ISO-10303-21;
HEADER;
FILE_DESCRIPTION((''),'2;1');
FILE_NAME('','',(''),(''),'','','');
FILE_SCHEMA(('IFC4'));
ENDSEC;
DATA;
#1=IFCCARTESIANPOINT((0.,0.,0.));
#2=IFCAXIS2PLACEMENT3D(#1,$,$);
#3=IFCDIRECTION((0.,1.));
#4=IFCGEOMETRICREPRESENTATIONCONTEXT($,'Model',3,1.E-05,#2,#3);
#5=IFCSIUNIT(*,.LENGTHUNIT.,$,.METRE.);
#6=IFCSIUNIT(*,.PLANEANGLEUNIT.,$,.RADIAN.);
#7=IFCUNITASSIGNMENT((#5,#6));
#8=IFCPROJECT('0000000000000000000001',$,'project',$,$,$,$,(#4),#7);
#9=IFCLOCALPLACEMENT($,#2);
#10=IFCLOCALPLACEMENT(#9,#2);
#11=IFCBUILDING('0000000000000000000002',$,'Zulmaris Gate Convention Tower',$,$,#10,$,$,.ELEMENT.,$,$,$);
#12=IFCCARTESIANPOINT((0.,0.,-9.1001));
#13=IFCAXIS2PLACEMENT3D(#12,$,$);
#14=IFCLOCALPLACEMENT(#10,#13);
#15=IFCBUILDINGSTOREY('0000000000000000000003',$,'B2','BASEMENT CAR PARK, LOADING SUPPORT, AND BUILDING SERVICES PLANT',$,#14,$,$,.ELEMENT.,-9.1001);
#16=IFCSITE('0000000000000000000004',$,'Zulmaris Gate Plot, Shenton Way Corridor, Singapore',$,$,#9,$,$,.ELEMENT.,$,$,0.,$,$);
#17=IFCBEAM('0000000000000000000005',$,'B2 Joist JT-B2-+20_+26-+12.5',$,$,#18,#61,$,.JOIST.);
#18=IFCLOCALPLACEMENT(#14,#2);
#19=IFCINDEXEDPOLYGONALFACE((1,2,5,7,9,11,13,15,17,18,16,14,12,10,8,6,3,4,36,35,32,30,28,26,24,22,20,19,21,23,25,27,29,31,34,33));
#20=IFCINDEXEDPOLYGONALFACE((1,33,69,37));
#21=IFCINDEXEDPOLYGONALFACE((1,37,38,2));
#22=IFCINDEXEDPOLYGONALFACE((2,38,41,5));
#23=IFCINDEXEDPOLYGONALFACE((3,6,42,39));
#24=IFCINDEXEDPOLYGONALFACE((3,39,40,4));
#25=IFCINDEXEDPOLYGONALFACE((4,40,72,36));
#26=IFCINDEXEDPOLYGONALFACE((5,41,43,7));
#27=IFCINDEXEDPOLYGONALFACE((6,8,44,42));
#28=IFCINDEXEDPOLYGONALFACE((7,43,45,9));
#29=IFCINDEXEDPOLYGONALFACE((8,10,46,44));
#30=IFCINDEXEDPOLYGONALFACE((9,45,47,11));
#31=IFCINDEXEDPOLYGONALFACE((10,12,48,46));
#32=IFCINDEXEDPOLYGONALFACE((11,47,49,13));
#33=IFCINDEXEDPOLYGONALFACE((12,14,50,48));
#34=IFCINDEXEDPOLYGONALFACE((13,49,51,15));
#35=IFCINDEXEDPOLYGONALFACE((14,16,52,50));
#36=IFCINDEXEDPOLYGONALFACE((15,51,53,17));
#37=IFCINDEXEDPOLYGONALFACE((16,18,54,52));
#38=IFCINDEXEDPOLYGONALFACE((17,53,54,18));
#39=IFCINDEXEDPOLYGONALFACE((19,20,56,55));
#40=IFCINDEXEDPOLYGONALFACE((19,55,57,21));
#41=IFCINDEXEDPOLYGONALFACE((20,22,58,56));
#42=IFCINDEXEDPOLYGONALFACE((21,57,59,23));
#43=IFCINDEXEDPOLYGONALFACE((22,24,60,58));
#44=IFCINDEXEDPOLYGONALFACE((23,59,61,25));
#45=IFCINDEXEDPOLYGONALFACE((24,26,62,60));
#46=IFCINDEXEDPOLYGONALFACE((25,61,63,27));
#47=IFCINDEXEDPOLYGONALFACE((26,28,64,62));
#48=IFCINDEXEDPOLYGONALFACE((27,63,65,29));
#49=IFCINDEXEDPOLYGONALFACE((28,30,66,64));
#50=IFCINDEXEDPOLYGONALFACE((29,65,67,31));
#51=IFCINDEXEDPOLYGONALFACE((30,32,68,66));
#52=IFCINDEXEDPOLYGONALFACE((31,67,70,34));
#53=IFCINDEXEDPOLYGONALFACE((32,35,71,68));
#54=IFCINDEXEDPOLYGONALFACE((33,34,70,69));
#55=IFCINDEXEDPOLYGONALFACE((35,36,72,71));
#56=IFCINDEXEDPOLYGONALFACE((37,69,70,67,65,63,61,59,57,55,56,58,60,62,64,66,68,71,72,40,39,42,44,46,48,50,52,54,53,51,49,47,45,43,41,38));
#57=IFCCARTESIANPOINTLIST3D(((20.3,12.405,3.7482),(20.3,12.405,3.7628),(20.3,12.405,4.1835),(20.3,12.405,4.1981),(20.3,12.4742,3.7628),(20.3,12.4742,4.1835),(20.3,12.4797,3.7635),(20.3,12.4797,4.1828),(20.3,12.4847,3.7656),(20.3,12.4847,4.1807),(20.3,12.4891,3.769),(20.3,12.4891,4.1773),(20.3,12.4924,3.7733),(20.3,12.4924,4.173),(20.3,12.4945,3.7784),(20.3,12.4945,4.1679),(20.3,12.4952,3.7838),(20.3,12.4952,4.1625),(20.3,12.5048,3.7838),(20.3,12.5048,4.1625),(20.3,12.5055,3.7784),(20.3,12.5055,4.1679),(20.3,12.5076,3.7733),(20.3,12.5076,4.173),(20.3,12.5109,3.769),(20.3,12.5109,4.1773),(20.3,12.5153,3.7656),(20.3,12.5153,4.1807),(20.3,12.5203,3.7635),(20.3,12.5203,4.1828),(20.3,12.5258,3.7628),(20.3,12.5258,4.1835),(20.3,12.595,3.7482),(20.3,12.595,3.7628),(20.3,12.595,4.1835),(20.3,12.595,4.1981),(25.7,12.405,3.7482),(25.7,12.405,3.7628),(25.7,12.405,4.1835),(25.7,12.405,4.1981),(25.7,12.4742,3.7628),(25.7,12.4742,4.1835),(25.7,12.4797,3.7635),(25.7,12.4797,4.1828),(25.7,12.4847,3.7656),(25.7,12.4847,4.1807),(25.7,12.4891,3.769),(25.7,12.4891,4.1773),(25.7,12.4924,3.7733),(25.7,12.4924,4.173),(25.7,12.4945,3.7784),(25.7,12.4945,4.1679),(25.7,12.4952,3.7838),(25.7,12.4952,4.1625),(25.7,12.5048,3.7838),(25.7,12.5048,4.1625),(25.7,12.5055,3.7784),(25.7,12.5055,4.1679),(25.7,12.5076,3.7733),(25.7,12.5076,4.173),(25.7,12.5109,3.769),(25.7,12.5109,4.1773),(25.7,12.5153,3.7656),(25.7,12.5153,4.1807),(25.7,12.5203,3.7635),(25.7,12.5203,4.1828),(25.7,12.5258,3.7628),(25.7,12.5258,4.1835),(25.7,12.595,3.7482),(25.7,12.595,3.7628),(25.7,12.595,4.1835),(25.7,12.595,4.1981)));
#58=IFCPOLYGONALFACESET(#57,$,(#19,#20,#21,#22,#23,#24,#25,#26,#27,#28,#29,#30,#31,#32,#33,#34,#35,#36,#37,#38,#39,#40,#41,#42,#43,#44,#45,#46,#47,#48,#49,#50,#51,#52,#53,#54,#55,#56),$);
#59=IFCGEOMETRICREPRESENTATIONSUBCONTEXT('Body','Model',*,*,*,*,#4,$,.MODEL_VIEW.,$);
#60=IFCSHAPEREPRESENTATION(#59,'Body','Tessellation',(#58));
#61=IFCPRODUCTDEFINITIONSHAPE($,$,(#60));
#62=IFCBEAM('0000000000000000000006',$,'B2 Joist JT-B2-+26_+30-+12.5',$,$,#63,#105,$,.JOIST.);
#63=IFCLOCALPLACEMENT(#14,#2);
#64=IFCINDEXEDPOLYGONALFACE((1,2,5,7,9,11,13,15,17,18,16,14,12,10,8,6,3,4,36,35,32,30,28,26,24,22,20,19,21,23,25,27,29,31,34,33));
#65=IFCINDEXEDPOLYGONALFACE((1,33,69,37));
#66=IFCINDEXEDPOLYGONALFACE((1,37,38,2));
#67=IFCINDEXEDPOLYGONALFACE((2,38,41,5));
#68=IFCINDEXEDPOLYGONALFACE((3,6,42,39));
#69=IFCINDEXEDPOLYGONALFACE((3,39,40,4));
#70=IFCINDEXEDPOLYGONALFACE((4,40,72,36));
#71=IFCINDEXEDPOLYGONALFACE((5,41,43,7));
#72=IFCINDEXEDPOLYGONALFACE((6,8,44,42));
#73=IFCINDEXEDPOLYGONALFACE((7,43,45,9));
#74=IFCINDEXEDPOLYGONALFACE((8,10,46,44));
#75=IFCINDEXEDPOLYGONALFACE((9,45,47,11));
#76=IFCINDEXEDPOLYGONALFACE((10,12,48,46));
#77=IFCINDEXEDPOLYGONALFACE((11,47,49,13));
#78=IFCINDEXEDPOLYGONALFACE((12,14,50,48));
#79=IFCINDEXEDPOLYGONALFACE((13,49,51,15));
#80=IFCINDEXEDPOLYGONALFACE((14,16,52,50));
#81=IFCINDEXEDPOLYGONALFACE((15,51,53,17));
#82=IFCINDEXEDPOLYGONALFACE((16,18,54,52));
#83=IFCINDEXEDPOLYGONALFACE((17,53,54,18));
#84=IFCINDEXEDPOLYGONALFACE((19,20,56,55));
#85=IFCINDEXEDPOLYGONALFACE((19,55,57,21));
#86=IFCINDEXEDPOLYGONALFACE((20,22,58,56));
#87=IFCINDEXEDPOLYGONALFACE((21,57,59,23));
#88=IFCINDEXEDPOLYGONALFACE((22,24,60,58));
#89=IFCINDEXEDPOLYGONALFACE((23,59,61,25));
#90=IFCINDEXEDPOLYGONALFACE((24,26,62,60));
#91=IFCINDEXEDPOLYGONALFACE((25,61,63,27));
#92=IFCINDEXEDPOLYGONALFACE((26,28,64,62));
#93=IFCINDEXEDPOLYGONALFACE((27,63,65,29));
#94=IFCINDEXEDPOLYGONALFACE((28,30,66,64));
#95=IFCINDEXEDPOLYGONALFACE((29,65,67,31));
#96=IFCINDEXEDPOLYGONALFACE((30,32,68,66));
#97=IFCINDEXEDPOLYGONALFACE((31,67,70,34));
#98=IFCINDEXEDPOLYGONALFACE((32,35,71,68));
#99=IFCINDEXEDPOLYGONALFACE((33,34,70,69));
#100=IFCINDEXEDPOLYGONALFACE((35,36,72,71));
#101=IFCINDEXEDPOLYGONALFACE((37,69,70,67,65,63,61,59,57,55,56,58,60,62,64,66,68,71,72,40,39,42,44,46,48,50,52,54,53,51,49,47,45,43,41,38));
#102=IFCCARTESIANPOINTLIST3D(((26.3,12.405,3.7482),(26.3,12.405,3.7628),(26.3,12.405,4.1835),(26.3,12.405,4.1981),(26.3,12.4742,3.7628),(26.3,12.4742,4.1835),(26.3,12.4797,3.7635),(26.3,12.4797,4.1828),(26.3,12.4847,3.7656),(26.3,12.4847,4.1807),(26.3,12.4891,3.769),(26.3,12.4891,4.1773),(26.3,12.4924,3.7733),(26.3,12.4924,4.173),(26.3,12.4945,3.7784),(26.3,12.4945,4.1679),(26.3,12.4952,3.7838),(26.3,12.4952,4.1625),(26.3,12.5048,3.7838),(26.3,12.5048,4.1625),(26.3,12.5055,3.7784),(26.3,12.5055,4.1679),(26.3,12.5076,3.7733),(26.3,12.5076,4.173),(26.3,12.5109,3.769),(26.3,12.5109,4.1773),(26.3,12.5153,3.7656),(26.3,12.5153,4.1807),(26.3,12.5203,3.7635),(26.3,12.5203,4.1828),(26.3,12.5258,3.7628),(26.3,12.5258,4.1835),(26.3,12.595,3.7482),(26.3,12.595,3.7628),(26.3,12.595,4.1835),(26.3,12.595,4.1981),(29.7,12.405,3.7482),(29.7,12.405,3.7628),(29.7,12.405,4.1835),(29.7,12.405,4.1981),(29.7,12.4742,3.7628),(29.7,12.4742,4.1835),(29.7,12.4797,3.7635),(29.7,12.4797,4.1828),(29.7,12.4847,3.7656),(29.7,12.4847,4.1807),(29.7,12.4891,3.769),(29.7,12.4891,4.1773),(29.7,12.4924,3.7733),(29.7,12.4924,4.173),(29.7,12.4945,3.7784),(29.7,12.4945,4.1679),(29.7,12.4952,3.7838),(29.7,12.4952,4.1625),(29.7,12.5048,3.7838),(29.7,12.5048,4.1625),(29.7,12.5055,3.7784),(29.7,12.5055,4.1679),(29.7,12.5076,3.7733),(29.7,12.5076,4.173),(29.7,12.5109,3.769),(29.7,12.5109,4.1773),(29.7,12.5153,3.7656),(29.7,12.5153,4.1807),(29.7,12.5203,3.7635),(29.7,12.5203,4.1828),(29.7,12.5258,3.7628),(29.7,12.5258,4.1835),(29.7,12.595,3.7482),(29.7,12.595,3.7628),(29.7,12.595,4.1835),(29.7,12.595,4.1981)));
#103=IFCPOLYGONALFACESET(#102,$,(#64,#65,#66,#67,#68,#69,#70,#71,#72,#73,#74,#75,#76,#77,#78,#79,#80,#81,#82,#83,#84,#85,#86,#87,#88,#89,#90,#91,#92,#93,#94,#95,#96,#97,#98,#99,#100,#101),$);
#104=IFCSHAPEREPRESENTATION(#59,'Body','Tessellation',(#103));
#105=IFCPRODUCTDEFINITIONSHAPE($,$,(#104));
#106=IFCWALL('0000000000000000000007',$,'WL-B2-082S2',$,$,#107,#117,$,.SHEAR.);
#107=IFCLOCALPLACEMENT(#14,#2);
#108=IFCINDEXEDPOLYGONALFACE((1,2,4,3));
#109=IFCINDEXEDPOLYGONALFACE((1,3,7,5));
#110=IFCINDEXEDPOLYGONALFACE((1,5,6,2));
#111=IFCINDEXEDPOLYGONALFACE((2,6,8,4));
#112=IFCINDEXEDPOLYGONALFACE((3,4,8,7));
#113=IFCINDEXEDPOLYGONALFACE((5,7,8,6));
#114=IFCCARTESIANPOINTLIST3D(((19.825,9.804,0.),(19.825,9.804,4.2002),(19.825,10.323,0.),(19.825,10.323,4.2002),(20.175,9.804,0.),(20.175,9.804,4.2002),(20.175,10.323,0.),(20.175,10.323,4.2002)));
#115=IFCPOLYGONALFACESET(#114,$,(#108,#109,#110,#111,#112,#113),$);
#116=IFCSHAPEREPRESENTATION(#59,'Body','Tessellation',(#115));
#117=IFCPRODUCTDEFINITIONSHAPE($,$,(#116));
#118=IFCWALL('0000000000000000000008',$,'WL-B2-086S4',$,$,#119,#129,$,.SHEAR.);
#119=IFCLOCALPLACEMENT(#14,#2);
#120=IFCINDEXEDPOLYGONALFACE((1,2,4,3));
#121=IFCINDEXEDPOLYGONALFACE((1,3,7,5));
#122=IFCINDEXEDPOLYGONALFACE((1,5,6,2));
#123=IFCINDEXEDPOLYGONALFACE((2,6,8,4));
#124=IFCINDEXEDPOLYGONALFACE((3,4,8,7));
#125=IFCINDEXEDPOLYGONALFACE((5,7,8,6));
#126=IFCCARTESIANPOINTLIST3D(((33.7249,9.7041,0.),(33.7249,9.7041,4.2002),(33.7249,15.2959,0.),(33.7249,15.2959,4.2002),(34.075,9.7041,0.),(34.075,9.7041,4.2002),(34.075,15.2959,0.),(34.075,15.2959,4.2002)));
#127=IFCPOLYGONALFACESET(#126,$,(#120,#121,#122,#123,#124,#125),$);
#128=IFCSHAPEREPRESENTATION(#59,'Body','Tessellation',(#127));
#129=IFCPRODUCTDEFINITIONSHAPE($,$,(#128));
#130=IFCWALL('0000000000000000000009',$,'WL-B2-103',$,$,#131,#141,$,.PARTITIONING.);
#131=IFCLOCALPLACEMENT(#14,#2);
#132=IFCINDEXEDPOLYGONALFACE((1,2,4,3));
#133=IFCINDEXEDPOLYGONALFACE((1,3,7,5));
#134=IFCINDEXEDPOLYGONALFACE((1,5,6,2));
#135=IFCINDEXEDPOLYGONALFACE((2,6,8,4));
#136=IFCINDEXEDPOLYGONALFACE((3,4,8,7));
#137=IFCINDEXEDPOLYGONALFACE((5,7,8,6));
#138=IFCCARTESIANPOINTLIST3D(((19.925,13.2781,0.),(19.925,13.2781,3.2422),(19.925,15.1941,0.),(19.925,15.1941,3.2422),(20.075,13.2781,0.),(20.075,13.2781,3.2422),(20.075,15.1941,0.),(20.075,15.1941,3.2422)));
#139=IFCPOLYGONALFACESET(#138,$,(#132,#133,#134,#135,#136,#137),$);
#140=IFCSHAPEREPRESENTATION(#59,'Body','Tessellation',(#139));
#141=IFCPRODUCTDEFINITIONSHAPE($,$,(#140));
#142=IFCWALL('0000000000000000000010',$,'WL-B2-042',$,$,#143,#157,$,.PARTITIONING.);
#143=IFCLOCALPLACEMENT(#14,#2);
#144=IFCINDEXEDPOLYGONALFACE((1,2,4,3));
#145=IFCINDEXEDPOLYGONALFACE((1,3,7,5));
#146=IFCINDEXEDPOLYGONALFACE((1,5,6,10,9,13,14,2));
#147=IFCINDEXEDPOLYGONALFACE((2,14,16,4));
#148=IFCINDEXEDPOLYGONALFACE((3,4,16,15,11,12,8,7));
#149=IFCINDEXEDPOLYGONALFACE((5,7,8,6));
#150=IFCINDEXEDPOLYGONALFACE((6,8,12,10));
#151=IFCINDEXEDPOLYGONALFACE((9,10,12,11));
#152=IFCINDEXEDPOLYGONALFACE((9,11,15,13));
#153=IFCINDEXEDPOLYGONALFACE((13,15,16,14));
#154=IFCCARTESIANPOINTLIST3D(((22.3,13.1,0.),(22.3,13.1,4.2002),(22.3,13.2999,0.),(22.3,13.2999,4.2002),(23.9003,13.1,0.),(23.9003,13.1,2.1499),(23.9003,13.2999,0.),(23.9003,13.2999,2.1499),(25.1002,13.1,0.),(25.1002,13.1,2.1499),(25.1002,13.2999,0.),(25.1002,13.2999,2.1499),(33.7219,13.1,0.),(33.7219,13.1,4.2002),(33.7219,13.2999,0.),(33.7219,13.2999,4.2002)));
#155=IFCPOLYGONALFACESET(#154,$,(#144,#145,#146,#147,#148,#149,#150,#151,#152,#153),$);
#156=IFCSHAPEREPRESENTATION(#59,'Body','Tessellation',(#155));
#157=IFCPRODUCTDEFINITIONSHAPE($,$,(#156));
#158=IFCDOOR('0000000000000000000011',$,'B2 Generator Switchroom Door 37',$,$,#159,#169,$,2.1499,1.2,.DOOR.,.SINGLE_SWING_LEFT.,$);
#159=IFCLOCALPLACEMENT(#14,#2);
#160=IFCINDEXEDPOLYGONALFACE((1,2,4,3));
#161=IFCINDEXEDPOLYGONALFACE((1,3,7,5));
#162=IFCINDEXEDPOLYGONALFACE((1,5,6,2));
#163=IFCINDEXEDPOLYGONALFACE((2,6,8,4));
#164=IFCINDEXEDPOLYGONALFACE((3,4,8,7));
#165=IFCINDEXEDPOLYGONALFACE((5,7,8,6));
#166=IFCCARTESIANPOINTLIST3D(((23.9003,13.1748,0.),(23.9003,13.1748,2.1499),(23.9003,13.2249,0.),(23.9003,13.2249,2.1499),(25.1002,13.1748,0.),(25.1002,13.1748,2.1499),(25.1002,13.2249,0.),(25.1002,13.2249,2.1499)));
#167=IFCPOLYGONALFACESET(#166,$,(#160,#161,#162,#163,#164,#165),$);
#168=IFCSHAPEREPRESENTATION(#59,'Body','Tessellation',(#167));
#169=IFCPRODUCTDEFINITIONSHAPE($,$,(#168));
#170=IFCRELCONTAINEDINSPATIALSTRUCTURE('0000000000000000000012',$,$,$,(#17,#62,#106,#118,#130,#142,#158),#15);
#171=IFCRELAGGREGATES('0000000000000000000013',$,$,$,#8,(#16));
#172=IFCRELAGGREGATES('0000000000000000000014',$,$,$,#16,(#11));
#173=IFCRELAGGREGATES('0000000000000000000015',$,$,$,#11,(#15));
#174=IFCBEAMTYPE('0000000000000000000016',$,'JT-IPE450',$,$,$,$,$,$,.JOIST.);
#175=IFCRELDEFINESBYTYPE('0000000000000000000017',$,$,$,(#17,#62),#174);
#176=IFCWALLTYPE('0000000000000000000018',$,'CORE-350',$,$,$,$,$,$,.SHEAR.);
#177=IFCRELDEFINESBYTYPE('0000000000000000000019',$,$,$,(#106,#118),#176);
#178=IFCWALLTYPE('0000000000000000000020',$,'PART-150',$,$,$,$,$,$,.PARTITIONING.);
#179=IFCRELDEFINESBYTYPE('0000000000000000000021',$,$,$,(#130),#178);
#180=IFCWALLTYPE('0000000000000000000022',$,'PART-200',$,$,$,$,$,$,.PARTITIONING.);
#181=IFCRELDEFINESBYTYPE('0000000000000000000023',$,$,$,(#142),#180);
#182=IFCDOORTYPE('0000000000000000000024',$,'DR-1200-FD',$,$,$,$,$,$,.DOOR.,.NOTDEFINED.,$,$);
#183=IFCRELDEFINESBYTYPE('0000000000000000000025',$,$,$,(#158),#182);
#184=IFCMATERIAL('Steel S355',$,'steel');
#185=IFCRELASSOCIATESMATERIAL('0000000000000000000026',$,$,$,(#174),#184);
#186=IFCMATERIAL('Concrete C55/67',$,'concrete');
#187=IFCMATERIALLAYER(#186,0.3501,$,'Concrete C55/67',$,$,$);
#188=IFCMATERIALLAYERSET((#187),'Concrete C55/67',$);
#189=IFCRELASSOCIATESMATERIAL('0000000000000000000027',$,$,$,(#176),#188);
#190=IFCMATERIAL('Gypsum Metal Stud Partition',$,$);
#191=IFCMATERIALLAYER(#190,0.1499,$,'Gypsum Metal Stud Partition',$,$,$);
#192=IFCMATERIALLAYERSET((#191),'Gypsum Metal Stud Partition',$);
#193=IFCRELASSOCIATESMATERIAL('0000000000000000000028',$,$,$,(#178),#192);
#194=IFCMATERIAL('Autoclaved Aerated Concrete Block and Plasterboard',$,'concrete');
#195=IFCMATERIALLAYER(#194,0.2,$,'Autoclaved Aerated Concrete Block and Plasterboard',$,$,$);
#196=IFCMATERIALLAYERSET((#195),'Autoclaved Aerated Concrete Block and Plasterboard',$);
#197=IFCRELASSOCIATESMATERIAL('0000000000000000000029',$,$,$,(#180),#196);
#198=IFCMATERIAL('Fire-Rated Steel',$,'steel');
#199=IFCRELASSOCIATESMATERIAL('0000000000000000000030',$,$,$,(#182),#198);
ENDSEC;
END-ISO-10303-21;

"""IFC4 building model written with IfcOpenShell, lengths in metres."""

from ifc_helpers import new_model, si_unit, direction, frame, frame_2d, origin, origin_2d, place, context, subcontext, project, spatial, rectangle, i_section, extrude, material, layer, layer_set, material_profile, profile_set, type_object, element, fill, save


model = new_model("IFC4")

# Units and contexts
model_context = context("Model", 3, precision=1e-05, world=origin(), true_north=direction((0.0, 1.0)))
body_context = subcontext(model_context, "Body", "Model", "MODEL_VIEW")
ifc_project = project(units=[si_unit("LENGTHUNIT", "METRE"), si_unit("PLANEANGLEUNIT", "RADIAN")], contexts=[model_context])

# Site, building, storey
site_placement = place(None, origin())
site = spatial("IfcSite", under=ifc_project, at=site_placement, Name="Zulmaris Gate Plot, Shenton Way Corridor, Singapore", CompositionType="ELEMENT", RefElevation=0.0)
building_placement = place(site_placement, origin())
building = spatial("IfcBuilding", under=site, at=building_placement, Name="Zulmaris Gate Convention Tower", CompositionType="ELEMENT")
storey_placement = place(building_placement, frame((0.0, 0.0, -9.1001)))
storey = spatial("IfcBuildingStorey", under=building, at=storey_placement, Name="B2", Description="BASEMENT CAR PARK, LOADING SUPPORT, AND BUILDING SERVICES PLANT", CompositionType="ELEMENT", Elevation=-9.1001)

# Beams
ifc_material_1 = material(Name="Steel S355", Category="steel")
ifc_material_profile_1 = material_profile(ifc_material_1, i_section(OverallWidth=0.1899, OverallDepth=0.45, WebThickness=0.0095, FlangeThickness=0.0146, FilletRadius=0.021, at=origin_2d()), Name="IPE 450")
ifc_profile_set_1 = profile_set([ifc_material_profile_1], Name="Steel S355")
beam_type_1 = type_object("IfcBeamType", Name="JT-IPE450", PredefinedType="JOIST", material=ifc_profile_set_1)
beam_1_placement = place(storey_placement, frame((20.3, 12.5, 3.9731), z_axis=(1.0, 0.0, 0.0), x_axis=(0.0, 1.0, 0.0)))
element("IfcBeam", 1, at=beam_1_placement, inside=storey, type_object=beam_type_1, Name="B2 Joist JT-B2-+20_+26-+12.5", PredefinedType="JOIST", context=body_context, shape_type="SweptSolid", body=[
    extrude(i_section(OverallWidth=0.1899, OverallDepth=0.45, WebThickness=0.0095, FlangeThickness=0.0146, FilletRadius=0.021, at=origin_2d()), origin(), (0.0, 0.0, 1.0), 5.3999),
])
beam_2_placement = place(storey_placement, frame((26.3, 12.5, 3.9731), z_axis=(1.0, 0.0, 0.0), x_axis=(0.0, 1.0, 0.0)))
element("IfcBeam", 2, at=beam_2_placement, inside=storey, type_object=beam_type_1, Name="B2 Joist JT-B2-+26_+30-+12.5", PredefinedType="JOIST", context=body_context, shape_type="SweptSolid", body=[
    extrude(i_section(OverallWidth=0.1899, OverallDepth=0.45, WebThickness=0.0095, FlangeThickness=0.0146, FilletRadius=0.021, at=origin_2d()), origin(), (0.0, 0.0, 1.0), 3.3999),
])

# Walls
ifc_material_2 = material(Name="Concrete C55/67", Category="concrete")
ifc_layer_1 = layer(ifc_material_2, 0.3501, Name="Concrete C55/67")
ifc_layer_set_1 = layer_set([ifc_layer_1], Name="Concrete C55/67")
wall_type_1 = type_object("IfcWallType", Name="CORE-350", PredefinedType="SHEAR", material=ifc_layer_set_1)
wall_1_placement = place(storey_placement, frame((20.0, 9.804, 0.0), z_axis=(0.0, 0.0, 1.0), x_axis=(0.0, 1.0, 0.0)))
element("IfcWall", 3, at=wall_1_placement, inside=storey, type_object=wall_type_1, Name="WL-B2-082S2", PredefinedType="SHEAR", context=body_context, shape_type="SweptSolid", body=[
    extrude(rectangle(XDim=0.519, YDim=0.3501, at=frame_2d((0.2595, 0.0))), origin(), (0.0, 0.0, 1.0), 4.2002),
])
wall_2_placement = place(storey_placement, frame((33.8999, 9.7041, 0.0), z_axis=(0.0, 0.0, 1.0), x_axis=(0.0, 1.0, 0.0)))
element("IfcWall", 4, at=wall_2_placement, inside=storey, type_object=wall_type_1, Name="WL-B2-086S4", PredefinedType="SHEAR", context=body_context, shape_type="SweptSolid", body=[
    extrude(rectangle(XDim=5.5918, YDim=0.3501, at=frame_2d((2.7959, 0.0))), origin(), (0.0, 0.0, 1.0), 4.2002),
])

# Shared definitions
ifc_material_3 = material(Name="Gypsum Metal Stud Partition")
ifc_layer_2 = layer(ifc_material_3, 0.1499, Name="Gypsum Metal Stud Partition")
ifc_layer_set_2 = layer_set([ifc_layer_2], Name="Gypsum Metal Stud Partition")
wall_type_2 = type_object("IfcWallType", Name="PART-150", PredefinedType="PARTITIONING", material=ifc_layer_set_2)
ifc_material_4 = material(Name="Fire-Rated Steel", Category="steel")

# Wall
wall_3_placement = place(storey_placement, frame((20.0, 13.2781, 0.0), z_axis=(0.0, 0.0, 1.0), x_axis=(0.0, 1.0, 0.0)))
element("IfcWall", 5, at=wall_3_placement, inside=storey, type_object=wall_type_2, Name="WL-B2-103", PredefinedType="PARTITIONING", context=body_context, shape_type="SweptSolid", body=[
    extrude(rectangle(XDim=1.916, YDim=0.1499, at=frame_2d((0.958, 0.0))), origin(), (0.0, 0.0, 1.0), 3.2422),
])

# Wall, opening, door
ifc_material_5 = material(Name="Autoclaved Aerated Concrete Block and Plasterboard", Category="concrete")
ifc_layer_3 = layer(ifc_material_5, 0.2, Name="Autoclaved Aerated Concrete Block and Plasterboard")
ifc_layer_set_3 = layer_set([ifc_layer_3], Name="Autoclaved Aerated Concrete Block and Plasterboard")
wall_type_3 = type_object("IfcWallType", Name="PART-200", PredefinedType="PARTITIONING", material=ifc_layer_set_3)
wall_4_placement = place(storey_placement, frame((22.3, 13.2, 0.0), z_axis=(0.0, 0.0, 1.0), x_axis=(1.0, 0.0, 0.0)))
wall_4 = element("IfcWall", 6, at=wall_4_placement, inside=storey, type_object=wall_type_3, Name="WL-B2-042", PredefinedType="PARTITIONING", context=body_context, shape_type="SweptSolid", body=[
    extrude(rectangle(XDim=11.4219, YDim=0.2, at=frame_2d((5.7109, 0.0))), origin(), (0.0, 0.0, 1.0), 4.2002),
])
opening_1_placement = place(wall_4_placement, frame((1.6001, 0.0, 0.0)))
opening_1 = element("IfcOpeningElement", 7, at=opening_1_placement, cuts=wall_4, PredefinedType="OPENING", context=body_context, shape_type="SweptSolid", body=[
    extrude(rectangle(XDim=1.2, YDim=2.1499, at=frame_2d((0.6001, 1.075))), frame((0.0, 0.1099, 0.0), z_axis=(0.0, -1.0, 0.0), x_axis=(1.0, 0.0, 0.0)), (0.0, 0.0, 1.0), 0.22),
])
door_type_1 = type_object("IfcDoorType", Name="DR-1200-FD", OperationType="NOTDEFINED", PredefinedType="DOOR", material=ifc_material_4)
door_1_placement = place(opening_1_placement, origin())
door_1 = element("IfcDoor", 8, at=door_1_placement, inside=storey, type_object=door_type_1, Name="B2 Generator Switchroom Door 37", OperationType="SINGLE_SWING_LEFT", OverallHeight=2.1499, OverallWidth=1.2, PredefinedType="DOOR", context=body_context, shape_type="SweptSolid", body=[
    extrude(rectangle(XDim=1.2, YDim=2.1499, at=frame_2d((0.6001, 1.075))), frame((0.0, 0.0249, 0.0), z_axis=(0.0, -1.0, 0.0), x_axis=(1.0, 0.0, 0.0)), (0.0, 0.0, 1.0), 0.05),
])
fill(opening_1, door_1)

save(model, "model.ifc")
